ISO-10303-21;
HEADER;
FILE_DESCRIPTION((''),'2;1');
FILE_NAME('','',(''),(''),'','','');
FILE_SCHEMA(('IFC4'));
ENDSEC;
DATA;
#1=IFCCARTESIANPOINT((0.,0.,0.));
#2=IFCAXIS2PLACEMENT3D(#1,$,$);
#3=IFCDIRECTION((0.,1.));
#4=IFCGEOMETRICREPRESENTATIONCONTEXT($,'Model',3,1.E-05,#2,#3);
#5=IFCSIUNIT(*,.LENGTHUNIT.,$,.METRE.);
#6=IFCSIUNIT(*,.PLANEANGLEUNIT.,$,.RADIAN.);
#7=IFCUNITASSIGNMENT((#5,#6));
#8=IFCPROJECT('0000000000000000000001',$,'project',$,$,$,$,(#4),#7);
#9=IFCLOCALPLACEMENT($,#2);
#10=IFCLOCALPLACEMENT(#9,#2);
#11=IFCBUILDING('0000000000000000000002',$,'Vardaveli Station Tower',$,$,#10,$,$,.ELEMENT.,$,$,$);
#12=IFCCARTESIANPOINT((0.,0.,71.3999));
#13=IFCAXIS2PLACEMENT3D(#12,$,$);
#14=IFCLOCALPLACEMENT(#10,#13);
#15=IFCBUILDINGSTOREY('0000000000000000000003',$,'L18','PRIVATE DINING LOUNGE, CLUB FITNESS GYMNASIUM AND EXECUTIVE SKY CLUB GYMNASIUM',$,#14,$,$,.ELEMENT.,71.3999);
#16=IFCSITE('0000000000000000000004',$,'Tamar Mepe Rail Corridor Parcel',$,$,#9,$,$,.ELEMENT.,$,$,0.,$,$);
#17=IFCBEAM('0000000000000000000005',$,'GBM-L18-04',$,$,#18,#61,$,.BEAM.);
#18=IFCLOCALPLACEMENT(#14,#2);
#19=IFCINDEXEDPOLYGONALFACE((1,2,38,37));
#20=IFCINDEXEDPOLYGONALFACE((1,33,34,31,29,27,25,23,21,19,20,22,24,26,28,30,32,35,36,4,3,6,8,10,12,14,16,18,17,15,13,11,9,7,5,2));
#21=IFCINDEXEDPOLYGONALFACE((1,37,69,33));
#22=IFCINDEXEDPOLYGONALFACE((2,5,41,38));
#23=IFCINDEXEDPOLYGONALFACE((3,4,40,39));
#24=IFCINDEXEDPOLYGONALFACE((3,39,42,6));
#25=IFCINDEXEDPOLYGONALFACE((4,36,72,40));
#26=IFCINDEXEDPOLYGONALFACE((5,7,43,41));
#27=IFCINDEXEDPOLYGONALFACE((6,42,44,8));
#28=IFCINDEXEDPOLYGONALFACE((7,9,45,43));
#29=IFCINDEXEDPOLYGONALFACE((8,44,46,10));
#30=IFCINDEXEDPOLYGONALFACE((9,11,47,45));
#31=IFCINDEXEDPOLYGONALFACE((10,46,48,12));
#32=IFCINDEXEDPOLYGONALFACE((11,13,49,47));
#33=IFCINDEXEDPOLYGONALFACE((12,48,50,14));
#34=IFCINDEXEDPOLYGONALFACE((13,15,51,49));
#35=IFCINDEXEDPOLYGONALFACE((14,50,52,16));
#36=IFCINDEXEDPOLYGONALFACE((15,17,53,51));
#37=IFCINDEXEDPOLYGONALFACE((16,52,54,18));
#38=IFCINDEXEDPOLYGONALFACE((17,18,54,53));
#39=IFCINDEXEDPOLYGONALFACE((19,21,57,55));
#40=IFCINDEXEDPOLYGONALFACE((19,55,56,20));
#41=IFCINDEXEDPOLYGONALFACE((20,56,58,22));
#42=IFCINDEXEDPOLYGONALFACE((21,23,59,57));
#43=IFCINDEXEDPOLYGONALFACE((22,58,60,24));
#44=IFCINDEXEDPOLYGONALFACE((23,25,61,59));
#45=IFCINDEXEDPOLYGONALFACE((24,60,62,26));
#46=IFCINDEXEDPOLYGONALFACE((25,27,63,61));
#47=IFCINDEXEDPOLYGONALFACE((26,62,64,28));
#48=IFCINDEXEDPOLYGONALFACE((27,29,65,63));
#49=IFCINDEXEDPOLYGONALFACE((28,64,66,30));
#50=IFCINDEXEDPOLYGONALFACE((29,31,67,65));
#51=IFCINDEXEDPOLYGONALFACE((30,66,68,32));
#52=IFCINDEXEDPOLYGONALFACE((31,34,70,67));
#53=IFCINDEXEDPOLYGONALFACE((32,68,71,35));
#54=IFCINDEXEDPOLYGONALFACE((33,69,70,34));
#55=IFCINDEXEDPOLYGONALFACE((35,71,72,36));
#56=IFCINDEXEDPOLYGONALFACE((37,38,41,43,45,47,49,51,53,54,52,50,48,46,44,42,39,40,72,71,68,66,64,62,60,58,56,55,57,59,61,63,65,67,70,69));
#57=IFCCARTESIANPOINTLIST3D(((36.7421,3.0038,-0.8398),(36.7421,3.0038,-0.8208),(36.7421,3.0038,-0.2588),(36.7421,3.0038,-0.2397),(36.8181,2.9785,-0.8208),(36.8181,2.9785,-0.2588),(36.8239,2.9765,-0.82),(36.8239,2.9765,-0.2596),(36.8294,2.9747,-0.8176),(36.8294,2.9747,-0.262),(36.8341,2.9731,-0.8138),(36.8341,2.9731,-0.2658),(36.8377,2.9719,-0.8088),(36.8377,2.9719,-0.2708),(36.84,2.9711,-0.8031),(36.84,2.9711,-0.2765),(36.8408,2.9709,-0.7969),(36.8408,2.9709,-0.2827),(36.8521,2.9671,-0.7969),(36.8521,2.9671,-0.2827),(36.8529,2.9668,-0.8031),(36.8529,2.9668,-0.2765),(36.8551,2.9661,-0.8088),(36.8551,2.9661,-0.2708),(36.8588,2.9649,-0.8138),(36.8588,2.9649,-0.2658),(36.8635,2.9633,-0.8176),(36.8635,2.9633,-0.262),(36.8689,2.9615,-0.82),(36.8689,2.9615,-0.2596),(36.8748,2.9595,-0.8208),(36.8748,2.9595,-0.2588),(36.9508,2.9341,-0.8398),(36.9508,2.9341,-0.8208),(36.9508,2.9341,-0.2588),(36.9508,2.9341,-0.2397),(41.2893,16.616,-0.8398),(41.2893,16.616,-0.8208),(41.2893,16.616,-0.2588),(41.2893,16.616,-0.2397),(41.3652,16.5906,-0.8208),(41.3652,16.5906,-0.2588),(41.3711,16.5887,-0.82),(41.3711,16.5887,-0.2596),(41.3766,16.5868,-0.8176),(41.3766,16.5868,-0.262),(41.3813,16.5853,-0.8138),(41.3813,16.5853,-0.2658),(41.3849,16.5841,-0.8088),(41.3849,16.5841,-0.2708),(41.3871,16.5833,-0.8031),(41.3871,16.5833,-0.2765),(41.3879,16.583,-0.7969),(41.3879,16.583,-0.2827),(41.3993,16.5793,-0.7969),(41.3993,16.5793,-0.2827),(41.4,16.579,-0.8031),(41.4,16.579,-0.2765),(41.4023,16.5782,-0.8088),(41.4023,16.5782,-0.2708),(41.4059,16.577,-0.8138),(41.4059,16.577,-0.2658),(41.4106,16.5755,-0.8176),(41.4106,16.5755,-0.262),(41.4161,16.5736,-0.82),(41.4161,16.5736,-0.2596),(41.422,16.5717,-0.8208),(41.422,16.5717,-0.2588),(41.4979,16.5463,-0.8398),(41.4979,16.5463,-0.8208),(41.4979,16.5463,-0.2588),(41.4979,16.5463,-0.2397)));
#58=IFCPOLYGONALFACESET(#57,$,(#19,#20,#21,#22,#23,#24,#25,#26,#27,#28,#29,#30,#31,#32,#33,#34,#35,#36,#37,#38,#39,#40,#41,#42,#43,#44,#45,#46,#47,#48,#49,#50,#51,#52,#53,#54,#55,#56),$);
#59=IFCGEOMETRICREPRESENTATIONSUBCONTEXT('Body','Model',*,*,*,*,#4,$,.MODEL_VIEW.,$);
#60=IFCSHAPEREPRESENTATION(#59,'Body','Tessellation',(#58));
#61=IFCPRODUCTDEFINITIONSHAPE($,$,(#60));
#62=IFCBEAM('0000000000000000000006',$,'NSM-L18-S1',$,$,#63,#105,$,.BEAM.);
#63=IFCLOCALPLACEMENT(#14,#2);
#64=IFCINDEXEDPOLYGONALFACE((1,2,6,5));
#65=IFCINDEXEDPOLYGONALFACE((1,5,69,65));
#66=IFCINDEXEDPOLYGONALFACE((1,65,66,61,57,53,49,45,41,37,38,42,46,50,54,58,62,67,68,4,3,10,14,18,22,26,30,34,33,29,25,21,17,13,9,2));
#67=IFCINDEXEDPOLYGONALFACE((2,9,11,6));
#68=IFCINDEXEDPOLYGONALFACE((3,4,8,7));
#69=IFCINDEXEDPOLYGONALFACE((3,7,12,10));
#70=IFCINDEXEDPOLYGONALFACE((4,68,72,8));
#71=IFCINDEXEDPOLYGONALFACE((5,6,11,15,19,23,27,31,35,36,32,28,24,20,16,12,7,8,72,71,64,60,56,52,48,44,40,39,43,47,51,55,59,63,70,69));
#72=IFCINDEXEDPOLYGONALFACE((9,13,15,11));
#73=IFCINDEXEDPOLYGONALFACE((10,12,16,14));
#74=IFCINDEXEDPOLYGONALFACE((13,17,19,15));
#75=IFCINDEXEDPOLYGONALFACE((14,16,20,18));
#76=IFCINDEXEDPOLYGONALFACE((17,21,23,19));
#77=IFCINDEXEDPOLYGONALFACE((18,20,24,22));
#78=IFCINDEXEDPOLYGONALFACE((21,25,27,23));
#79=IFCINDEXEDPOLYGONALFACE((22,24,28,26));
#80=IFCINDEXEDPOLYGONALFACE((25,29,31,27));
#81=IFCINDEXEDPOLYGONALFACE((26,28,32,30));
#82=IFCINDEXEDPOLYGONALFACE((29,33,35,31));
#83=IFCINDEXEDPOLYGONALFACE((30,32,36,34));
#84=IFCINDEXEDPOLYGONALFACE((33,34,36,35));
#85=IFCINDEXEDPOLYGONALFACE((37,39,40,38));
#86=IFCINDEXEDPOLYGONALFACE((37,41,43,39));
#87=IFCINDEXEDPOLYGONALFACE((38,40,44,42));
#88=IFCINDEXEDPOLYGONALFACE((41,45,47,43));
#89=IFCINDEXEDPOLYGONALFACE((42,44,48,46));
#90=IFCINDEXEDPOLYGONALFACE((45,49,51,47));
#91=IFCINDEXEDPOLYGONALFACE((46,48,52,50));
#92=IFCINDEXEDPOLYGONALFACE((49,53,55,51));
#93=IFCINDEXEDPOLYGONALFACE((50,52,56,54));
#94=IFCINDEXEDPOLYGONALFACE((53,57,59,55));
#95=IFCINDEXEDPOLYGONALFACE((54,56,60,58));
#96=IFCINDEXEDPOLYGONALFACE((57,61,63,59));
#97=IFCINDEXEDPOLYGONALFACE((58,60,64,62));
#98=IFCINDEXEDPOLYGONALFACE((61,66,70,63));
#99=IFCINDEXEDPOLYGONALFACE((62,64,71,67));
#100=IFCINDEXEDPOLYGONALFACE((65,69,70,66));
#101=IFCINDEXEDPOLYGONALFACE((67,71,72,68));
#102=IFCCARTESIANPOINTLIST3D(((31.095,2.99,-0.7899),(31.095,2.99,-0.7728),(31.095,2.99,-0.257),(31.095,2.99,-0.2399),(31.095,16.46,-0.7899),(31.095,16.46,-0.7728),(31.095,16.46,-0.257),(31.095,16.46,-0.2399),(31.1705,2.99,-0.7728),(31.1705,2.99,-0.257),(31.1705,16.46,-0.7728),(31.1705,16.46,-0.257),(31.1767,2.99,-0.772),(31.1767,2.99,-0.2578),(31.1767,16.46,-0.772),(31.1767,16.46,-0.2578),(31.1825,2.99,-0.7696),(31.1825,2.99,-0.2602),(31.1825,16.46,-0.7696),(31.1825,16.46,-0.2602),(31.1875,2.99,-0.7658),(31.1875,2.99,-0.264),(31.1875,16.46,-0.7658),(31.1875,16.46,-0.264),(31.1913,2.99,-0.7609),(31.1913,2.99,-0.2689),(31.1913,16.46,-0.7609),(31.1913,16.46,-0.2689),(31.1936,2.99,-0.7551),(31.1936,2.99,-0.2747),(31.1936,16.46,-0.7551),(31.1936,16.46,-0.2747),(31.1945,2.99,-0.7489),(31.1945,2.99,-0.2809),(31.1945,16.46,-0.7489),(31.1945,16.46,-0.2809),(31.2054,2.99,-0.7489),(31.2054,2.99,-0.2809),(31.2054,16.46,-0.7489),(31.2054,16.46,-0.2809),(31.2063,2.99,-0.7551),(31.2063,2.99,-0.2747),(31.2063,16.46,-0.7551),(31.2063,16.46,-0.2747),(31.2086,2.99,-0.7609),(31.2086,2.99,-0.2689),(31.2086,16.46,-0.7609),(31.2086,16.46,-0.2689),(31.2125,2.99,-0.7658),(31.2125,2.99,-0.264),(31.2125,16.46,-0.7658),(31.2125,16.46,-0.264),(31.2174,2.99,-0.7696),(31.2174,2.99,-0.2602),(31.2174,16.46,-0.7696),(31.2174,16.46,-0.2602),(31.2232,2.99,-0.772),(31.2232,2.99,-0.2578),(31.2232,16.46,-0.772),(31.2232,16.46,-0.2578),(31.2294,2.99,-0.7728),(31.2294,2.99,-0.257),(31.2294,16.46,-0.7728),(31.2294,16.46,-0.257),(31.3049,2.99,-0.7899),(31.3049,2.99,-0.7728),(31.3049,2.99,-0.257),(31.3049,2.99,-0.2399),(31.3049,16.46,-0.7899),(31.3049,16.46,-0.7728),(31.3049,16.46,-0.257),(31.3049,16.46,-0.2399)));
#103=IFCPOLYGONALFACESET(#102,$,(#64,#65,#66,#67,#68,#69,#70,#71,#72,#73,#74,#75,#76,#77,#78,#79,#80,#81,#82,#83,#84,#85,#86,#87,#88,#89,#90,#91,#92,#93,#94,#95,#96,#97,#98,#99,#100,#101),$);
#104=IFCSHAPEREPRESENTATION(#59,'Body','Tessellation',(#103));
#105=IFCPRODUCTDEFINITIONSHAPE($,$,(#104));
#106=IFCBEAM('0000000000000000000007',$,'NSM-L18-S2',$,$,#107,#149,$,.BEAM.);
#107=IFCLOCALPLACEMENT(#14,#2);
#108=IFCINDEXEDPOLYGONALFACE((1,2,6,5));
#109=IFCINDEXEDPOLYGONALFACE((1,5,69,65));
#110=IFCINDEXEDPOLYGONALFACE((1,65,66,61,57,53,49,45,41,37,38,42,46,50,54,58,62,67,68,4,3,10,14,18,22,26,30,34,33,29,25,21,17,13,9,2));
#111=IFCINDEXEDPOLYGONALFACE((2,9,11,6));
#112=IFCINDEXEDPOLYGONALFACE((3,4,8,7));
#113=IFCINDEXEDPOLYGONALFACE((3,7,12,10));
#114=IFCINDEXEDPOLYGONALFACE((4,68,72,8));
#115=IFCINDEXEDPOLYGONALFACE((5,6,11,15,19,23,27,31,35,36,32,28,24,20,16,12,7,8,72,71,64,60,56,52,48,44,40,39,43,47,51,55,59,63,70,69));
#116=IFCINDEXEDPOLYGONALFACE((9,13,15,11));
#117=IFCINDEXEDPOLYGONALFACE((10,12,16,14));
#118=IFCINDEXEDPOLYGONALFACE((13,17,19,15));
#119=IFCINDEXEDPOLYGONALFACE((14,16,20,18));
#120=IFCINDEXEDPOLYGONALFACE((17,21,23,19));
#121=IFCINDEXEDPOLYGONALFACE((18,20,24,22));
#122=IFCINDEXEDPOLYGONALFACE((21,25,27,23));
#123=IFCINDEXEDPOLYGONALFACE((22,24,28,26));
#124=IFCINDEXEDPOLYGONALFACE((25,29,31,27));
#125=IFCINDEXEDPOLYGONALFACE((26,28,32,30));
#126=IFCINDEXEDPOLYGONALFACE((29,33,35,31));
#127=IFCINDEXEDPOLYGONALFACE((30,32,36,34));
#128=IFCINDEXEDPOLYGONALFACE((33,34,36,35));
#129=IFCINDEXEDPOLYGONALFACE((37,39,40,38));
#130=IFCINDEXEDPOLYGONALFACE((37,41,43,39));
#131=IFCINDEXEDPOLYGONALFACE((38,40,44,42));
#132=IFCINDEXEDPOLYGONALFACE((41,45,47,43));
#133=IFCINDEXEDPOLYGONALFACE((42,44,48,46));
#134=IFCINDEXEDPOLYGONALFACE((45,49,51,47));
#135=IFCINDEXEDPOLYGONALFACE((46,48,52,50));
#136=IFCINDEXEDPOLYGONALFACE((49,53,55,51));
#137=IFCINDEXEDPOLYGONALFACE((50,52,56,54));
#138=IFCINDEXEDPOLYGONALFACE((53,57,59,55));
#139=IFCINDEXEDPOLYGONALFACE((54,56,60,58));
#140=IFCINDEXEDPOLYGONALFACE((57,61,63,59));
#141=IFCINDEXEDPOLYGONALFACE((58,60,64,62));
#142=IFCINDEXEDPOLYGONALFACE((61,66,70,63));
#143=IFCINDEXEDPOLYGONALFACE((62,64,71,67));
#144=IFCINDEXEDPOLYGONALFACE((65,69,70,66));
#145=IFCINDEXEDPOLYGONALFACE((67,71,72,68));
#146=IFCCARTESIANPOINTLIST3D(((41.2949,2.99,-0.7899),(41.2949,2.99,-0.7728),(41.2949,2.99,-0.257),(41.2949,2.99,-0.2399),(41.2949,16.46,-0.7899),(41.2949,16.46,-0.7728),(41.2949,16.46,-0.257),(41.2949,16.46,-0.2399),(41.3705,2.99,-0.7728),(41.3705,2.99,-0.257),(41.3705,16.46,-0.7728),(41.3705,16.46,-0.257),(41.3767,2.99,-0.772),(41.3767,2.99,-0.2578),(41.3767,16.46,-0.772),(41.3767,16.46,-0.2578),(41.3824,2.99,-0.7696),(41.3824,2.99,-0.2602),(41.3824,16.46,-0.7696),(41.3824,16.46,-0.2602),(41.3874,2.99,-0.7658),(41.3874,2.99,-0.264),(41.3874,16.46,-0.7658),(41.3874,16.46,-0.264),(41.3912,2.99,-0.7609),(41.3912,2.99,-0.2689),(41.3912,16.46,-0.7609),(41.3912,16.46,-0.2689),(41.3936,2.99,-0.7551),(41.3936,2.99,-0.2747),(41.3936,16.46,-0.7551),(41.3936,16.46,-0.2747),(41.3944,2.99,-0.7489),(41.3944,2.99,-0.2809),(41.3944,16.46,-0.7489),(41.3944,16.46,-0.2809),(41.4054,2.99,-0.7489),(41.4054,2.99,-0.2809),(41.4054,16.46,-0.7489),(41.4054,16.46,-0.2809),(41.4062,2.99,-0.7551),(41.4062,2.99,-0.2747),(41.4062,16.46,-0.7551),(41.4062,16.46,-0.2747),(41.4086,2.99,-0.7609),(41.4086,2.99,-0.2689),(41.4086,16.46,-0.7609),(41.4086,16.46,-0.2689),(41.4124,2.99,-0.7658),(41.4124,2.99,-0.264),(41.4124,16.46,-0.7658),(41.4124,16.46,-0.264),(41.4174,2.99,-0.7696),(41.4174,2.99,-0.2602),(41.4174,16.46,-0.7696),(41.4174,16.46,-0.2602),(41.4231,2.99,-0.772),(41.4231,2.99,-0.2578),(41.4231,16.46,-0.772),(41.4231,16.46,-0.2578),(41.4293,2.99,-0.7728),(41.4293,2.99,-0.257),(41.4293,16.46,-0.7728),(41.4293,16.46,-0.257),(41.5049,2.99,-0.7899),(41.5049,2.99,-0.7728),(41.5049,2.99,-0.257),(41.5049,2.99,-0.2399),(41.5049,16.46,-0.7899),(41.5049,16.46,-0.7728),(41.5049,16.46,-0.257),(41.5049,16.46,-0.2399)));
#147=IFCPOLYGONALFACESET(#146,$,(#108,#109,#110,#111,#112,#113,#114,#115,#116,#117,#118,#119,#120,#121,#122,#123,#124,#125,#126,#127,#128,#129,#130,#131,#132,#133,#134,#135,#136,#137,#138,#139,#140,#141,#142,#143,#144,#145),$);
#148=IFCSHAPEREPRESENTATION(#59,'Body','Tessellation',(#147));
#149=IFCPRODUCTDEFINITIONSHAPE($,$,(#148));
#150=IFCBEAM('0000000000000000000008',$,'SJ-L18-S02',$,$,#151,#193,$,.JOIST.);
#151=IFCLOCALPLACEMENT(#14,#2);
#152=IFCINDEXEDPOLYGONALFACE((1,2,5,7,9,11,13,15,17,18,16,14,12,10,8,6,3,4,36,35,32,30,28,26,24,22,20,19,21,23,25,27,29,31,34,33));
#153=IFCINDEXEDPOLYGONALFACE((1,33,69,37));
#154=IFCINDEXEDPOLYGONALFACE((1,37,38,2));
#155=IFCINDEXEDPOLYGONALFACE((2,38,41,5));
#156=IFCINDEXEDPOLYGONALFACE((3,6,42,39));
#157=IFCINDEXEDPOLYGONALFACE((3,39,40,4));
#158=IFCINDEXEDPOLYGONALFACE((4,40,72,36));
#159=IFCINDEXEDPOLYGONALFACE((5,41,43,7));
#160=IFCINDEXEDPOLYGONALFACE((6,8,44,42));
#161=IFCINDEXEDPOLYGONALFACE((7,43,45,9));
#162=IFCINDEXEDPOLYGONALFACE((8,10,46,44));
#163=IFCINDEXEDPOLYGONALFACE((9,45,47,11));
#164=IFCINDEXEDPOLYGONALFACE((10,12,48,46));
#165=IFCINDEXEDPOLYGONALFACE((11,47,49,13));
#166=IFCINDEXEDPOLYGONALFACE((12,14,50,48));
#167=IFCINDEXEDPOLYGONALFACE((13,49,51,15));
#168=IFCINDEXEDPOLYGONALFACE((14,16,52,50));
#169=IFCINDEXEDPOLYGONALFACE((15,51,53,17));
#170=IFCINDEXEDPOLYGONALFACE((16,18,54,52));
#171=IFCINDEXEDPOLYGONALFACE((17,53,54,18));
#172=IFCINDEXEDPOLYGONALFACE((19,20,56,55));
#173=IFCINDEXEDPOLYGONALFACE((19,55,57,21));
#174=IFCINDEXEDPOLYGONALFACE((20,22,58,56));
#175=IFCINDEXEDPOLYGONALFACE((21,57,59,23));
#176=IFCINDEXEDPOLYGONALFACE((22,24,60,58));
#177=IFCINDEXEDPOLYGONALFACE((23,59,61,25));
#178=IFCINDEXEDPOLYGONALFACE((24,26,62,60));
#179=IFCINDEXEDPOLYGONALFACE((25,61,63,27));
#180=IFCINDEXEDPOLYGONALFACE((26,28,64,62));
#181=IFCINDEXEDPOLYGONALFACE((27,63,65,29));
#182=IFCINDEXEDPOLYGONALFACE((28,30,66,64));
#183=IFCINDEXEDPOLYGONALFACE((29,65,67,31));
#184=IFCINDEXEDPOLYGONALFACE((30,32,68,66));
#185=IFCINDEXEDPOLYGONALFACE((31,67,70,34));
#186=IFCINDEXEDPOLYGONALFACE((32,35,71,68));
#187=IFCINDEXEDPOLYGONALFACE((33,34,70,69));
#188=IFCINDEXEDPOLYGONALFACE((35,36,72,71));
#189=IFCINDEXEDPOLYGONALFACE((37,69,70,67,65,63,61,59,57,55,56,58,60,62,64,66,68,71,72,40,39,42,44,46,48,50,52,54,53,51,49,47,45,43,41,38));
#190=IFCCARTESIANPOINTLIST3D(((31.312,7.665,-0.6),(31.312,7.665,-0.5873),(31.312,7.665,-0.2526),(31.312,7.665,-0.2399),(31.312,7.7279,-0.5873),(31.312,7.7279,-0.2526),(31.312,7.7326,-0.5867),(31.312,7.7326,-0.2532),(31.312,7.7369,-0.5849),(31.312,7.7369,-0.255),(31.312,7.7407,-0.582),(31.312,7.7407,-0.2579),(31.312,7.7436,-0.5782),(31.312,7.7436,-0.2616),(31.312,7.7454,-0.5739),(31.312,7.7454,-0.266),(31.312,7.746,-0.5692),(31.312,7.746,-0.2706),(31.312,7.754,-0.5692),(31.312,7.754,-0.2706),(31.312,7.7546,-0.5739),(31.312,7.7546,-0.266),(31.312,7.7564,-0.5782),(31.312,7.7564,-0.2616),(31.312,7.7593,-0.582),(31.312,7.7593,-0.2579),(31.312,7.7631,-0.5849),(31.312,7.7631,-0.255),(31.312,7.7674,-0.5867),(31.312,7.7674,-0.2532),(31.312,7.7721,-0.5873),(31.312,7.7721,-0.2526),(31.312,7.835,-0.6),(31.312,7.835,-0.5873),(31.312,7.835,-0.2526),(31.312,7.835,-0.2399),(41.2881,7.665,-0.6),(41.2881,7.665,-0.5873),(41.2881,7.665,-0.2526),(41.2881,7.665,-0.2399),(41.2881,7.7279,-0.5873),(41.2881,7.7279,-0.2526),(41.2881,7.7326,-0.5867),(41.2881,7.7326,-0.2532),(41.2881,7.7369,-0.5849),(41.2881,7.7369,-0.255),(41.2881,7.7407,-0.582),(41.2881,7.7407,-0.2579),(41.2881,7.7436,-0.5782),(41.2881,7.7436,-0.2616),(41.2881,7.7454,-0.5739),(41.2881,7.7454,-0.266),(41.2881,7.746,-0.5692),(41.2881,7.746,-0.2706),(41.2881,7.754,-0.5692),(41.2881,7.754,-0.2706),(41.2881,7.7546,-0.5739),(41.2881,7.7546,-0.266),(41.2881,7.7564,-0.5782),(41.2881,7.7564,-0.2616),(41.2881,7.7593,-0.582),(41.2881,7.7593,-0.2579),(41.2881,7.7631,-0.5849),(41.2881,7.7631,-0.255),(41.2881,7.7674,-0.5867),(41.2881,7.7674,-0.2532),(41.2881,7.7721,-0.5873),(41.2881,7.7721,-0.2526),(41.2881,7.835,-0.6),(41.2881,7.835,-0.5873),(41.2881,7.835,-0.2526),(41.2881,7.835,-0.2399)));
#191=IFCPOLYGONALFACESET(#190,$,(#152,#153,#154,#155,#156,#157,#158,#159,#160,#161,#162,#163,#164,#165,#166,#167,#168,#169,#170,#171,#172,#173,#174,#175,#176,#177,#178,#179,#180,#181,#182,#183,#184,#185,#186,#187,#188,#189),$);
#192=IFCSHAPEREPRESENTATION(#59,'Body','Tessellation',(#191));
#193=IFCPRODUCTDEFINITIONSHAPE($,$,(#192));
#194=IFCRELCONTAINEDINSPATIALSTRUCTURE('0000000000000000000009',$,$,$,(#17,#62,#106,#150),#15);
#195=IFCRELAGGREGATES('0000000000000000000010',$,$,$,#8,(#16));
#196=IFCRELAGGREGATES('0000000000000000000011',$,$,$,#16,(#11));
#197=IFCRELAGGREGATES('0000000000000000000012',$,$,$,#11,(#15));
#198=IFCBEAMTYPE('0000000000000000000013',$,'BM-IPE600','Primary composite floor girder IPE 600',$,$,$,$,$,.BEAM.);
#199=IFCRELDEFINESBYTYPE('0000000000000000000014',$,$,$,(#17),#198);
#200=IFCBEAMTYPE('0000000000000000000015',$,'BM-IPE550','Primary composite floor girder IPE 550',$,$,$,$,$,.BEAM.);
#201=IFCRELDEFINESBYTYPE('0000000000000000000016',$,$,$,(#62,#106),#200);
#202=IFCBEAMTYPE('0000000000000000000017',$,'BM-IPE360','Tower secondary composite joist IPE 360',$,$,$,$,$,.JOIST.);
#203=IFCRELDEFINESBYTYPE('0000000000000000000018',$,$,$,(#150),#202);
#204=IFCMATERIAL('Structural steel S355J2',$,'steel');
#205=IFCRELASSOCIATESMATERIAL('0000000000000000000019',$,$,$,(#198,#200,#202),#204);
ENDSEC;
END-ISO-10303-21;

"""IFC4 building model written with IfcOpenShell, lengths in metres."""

from ifc_helpers import new_model, si_unit, direction, frame, origin, origin_2d, place, context, subcontext, project, spatial, i_section, extrude, source, transform, mapped, material, material_profile, profile_set, type_object, element, save


model = new_model("IFC4")

# Units and contexts
model_context = context("Model", 3, precision=1e-05, world=origin(), true_north=direction((0.0, 1.0)))
body_context = subcontext(model_context, "Body", "Model", "MODEL_VIEW")
ifc_project = project(units=[si_unit("LENGTHUNIT", "METRE"), si_unit("PLANEANGLEUNIT", "RADIAN")], contexts=[model_context])

# Site, building, storey
site_placement = place(None, origin())
site = spatial("IfcSite", under=ifc_project, at=site_placement, Name="Tamar Mepe Rail Corridor Parcel", CompositionType="ELEMENT", RefElevation=0.0)
building_placement = place(site_placement, origin())
building = spatial("IfcBuilding", under=site, at=building_placement, Name="Vardaveli Station Tower", CompositionType="ELEMENT")
storey_placement = place(building_placement, frame((0.0, 0.0, 71.3999)))
storey = spatial("IfcBuildingStorey", under=building, at=storey_placement, Name="L18", Description="PRIVATE DINING LOUNGE, CLUB FITNESS GYMNASIUM AND EXECUTIVE SKY CLUB GYMNASIUM", CompositionType="ELEMENT", Elevation=71.3999)

# Beams
ifc_material_1 = material(Name="Structural steel S355J2", Category="steel")
ifc_material_profile_1 = material_profile(ifc_material_1, i_section(OverallWidth=0.22, OverallDepth=0.6001, WebThickness=0.012, FlangeThickness=0.019, FilletRadius=0.0239, at=origin_2d()), Name="IPE 600")
ifc_profile_set_1 = profile_set([ifc_material_profile_1], Name="Structural steel S355J2")
beam_type_1 = type_object("IfcBeamType", Name="BM-IPE600", Description="Primary composite floor girder IPE 600", PredefinedType="BEAM", material=ifc_profile_set_1)
shared_shape_1 = source(origin(), body_context, "Body", "SweptSolid", [
    extrude(i_section(OverallWidth=0.22, OverallDepth=0.6001, WebThickness=0.012, FlangeThickness=0.019, FilletRadius=0.0239, at=origin_2d()), origin(), (0.0, 0.0, 1.0), 14.3516),
])
beam_1_placement = place(storey_placement, frame((36.8464, 2.969, -0.5398), z_axis=(0.31684, 0.948479, 0.0), x_axis=(-0.948479, 0.31684, 0.0)))
element("IfcBeam", 1, at=beam_1_placement, inside=storey, type_object=beam_type_1, Name="GBM-L18-04", PredefinedType="BEAM", context=body_context, shape_type="MappedRepresentation", body=[
    mapped(shared_shape_1, transform((0.0, 0.0, 0.0), scale=1.0)),
])
ifc_material_profile_2 = material_profile(ifc_material_1, i_section(OverallWidth=0.21, OverallDepth=0.55, WebThickness=0.011, FlangeThickness=0.0171, FilletRadius=0.0239, at=origin_2d()), Name="IPE 550")
ifc_profile_set_2 = profile_set([ifc_material_profile_2], Name="Structural steel S355J2")
beam_type_2 = type_object("IfcBeamType", Name="BM-IPE550", Description="Primary composite floor girder IPE 550", PredefinedType="BEAM", material=ifc_profile_set_2)
shared_shape_2 = source(origin(), body_context, "Body", "SweptSolid", [
    extrude(i_section(OverallWidth=0.21, OverallDepth=0.55, WebThickness=0.011, FlangeThickness=0.0171, FilletRadius=0.0239, at=origin_2d()), origin(), (0.0, 0.0, 1.0), 13.47),
])
for number, where, z_axis, x_axis, name in (
    (2, (31.2, 2.99, -0.5149), (0.0, 1.0, 0.0), (-1.0, 0.0, 0.0), "NSM-L18-S1"),
    (3, (41.3999, 2.99, -0.5149), (0.0, 1.0, 0.0), (-1.0, 0.0, 0.0), "NSM-L18-S2"),
):
    element("IfcBeam", number, at=place(storey_placement, frame(where, z_axis=z_axis, x_axis=x_axis)), inside=storey, type_object=beam_type_2, Name=name, PredefinedType="BEAM", context=body_context, shape_type="MappedRepresentation", body=[
        mapped(shared_shape_2, transform((0.0, 0.0, 0.0), scale=1.0)),
    ])
ifc_material_profile_3 = material_profile(ifc_material_1, i_section(OverallWidth=0.1699, OverallDepth=0.3601, WebThickness=0.0081, FlangeThickness=0.0127, FilletRadius=0.0181, at=origin_2d()), Name="IPE 360")
ifc_profile_set_3 = profile_set([ifc_material_profile_3], Name="Structural steel S355J2")
beam_type_3 = type_object("IfcBeamType", Name="BM-IPE360", Description="Tower secondary composite joist IPE 360", PredefinedType="JOIST", material=ifc_profile_set_3)
shared_shape_3 = source(origin(), body_context, "Body", "SweptSolid", [
    extrude(i_section(OverallWidth=0.1699, OverallDepth=0.3601, WebThickness=0.0081, FlangeThickness=0.0127, FilletRadius=0.0181, at=origin_2d()), origin(), (0.0, 0.0, 1.0), 9.9761),
])
for number, where, z_axis, x_axis, name in (
    (4, (31.312, 7.75, -0.4199), (1.0, 0.0, 0.0), (0.0, 1.0, 0.0), "SJ-L18-S02"),
):
    element("IfcBeam", number, at=place(storey_placement, frame(where, z_axis=z_axis, x_axis=x_axis)), inside=storey, type_object=beam_type_3, Name=name, PredefinedType="JOIST", context=body_context, shape_type="MappedRepresentation", body=[
        mapped(shared_shape_3, transform((0.0, 0.0, 0.0), scale=1.0)),
    ])

save(model, "model.ifc")
